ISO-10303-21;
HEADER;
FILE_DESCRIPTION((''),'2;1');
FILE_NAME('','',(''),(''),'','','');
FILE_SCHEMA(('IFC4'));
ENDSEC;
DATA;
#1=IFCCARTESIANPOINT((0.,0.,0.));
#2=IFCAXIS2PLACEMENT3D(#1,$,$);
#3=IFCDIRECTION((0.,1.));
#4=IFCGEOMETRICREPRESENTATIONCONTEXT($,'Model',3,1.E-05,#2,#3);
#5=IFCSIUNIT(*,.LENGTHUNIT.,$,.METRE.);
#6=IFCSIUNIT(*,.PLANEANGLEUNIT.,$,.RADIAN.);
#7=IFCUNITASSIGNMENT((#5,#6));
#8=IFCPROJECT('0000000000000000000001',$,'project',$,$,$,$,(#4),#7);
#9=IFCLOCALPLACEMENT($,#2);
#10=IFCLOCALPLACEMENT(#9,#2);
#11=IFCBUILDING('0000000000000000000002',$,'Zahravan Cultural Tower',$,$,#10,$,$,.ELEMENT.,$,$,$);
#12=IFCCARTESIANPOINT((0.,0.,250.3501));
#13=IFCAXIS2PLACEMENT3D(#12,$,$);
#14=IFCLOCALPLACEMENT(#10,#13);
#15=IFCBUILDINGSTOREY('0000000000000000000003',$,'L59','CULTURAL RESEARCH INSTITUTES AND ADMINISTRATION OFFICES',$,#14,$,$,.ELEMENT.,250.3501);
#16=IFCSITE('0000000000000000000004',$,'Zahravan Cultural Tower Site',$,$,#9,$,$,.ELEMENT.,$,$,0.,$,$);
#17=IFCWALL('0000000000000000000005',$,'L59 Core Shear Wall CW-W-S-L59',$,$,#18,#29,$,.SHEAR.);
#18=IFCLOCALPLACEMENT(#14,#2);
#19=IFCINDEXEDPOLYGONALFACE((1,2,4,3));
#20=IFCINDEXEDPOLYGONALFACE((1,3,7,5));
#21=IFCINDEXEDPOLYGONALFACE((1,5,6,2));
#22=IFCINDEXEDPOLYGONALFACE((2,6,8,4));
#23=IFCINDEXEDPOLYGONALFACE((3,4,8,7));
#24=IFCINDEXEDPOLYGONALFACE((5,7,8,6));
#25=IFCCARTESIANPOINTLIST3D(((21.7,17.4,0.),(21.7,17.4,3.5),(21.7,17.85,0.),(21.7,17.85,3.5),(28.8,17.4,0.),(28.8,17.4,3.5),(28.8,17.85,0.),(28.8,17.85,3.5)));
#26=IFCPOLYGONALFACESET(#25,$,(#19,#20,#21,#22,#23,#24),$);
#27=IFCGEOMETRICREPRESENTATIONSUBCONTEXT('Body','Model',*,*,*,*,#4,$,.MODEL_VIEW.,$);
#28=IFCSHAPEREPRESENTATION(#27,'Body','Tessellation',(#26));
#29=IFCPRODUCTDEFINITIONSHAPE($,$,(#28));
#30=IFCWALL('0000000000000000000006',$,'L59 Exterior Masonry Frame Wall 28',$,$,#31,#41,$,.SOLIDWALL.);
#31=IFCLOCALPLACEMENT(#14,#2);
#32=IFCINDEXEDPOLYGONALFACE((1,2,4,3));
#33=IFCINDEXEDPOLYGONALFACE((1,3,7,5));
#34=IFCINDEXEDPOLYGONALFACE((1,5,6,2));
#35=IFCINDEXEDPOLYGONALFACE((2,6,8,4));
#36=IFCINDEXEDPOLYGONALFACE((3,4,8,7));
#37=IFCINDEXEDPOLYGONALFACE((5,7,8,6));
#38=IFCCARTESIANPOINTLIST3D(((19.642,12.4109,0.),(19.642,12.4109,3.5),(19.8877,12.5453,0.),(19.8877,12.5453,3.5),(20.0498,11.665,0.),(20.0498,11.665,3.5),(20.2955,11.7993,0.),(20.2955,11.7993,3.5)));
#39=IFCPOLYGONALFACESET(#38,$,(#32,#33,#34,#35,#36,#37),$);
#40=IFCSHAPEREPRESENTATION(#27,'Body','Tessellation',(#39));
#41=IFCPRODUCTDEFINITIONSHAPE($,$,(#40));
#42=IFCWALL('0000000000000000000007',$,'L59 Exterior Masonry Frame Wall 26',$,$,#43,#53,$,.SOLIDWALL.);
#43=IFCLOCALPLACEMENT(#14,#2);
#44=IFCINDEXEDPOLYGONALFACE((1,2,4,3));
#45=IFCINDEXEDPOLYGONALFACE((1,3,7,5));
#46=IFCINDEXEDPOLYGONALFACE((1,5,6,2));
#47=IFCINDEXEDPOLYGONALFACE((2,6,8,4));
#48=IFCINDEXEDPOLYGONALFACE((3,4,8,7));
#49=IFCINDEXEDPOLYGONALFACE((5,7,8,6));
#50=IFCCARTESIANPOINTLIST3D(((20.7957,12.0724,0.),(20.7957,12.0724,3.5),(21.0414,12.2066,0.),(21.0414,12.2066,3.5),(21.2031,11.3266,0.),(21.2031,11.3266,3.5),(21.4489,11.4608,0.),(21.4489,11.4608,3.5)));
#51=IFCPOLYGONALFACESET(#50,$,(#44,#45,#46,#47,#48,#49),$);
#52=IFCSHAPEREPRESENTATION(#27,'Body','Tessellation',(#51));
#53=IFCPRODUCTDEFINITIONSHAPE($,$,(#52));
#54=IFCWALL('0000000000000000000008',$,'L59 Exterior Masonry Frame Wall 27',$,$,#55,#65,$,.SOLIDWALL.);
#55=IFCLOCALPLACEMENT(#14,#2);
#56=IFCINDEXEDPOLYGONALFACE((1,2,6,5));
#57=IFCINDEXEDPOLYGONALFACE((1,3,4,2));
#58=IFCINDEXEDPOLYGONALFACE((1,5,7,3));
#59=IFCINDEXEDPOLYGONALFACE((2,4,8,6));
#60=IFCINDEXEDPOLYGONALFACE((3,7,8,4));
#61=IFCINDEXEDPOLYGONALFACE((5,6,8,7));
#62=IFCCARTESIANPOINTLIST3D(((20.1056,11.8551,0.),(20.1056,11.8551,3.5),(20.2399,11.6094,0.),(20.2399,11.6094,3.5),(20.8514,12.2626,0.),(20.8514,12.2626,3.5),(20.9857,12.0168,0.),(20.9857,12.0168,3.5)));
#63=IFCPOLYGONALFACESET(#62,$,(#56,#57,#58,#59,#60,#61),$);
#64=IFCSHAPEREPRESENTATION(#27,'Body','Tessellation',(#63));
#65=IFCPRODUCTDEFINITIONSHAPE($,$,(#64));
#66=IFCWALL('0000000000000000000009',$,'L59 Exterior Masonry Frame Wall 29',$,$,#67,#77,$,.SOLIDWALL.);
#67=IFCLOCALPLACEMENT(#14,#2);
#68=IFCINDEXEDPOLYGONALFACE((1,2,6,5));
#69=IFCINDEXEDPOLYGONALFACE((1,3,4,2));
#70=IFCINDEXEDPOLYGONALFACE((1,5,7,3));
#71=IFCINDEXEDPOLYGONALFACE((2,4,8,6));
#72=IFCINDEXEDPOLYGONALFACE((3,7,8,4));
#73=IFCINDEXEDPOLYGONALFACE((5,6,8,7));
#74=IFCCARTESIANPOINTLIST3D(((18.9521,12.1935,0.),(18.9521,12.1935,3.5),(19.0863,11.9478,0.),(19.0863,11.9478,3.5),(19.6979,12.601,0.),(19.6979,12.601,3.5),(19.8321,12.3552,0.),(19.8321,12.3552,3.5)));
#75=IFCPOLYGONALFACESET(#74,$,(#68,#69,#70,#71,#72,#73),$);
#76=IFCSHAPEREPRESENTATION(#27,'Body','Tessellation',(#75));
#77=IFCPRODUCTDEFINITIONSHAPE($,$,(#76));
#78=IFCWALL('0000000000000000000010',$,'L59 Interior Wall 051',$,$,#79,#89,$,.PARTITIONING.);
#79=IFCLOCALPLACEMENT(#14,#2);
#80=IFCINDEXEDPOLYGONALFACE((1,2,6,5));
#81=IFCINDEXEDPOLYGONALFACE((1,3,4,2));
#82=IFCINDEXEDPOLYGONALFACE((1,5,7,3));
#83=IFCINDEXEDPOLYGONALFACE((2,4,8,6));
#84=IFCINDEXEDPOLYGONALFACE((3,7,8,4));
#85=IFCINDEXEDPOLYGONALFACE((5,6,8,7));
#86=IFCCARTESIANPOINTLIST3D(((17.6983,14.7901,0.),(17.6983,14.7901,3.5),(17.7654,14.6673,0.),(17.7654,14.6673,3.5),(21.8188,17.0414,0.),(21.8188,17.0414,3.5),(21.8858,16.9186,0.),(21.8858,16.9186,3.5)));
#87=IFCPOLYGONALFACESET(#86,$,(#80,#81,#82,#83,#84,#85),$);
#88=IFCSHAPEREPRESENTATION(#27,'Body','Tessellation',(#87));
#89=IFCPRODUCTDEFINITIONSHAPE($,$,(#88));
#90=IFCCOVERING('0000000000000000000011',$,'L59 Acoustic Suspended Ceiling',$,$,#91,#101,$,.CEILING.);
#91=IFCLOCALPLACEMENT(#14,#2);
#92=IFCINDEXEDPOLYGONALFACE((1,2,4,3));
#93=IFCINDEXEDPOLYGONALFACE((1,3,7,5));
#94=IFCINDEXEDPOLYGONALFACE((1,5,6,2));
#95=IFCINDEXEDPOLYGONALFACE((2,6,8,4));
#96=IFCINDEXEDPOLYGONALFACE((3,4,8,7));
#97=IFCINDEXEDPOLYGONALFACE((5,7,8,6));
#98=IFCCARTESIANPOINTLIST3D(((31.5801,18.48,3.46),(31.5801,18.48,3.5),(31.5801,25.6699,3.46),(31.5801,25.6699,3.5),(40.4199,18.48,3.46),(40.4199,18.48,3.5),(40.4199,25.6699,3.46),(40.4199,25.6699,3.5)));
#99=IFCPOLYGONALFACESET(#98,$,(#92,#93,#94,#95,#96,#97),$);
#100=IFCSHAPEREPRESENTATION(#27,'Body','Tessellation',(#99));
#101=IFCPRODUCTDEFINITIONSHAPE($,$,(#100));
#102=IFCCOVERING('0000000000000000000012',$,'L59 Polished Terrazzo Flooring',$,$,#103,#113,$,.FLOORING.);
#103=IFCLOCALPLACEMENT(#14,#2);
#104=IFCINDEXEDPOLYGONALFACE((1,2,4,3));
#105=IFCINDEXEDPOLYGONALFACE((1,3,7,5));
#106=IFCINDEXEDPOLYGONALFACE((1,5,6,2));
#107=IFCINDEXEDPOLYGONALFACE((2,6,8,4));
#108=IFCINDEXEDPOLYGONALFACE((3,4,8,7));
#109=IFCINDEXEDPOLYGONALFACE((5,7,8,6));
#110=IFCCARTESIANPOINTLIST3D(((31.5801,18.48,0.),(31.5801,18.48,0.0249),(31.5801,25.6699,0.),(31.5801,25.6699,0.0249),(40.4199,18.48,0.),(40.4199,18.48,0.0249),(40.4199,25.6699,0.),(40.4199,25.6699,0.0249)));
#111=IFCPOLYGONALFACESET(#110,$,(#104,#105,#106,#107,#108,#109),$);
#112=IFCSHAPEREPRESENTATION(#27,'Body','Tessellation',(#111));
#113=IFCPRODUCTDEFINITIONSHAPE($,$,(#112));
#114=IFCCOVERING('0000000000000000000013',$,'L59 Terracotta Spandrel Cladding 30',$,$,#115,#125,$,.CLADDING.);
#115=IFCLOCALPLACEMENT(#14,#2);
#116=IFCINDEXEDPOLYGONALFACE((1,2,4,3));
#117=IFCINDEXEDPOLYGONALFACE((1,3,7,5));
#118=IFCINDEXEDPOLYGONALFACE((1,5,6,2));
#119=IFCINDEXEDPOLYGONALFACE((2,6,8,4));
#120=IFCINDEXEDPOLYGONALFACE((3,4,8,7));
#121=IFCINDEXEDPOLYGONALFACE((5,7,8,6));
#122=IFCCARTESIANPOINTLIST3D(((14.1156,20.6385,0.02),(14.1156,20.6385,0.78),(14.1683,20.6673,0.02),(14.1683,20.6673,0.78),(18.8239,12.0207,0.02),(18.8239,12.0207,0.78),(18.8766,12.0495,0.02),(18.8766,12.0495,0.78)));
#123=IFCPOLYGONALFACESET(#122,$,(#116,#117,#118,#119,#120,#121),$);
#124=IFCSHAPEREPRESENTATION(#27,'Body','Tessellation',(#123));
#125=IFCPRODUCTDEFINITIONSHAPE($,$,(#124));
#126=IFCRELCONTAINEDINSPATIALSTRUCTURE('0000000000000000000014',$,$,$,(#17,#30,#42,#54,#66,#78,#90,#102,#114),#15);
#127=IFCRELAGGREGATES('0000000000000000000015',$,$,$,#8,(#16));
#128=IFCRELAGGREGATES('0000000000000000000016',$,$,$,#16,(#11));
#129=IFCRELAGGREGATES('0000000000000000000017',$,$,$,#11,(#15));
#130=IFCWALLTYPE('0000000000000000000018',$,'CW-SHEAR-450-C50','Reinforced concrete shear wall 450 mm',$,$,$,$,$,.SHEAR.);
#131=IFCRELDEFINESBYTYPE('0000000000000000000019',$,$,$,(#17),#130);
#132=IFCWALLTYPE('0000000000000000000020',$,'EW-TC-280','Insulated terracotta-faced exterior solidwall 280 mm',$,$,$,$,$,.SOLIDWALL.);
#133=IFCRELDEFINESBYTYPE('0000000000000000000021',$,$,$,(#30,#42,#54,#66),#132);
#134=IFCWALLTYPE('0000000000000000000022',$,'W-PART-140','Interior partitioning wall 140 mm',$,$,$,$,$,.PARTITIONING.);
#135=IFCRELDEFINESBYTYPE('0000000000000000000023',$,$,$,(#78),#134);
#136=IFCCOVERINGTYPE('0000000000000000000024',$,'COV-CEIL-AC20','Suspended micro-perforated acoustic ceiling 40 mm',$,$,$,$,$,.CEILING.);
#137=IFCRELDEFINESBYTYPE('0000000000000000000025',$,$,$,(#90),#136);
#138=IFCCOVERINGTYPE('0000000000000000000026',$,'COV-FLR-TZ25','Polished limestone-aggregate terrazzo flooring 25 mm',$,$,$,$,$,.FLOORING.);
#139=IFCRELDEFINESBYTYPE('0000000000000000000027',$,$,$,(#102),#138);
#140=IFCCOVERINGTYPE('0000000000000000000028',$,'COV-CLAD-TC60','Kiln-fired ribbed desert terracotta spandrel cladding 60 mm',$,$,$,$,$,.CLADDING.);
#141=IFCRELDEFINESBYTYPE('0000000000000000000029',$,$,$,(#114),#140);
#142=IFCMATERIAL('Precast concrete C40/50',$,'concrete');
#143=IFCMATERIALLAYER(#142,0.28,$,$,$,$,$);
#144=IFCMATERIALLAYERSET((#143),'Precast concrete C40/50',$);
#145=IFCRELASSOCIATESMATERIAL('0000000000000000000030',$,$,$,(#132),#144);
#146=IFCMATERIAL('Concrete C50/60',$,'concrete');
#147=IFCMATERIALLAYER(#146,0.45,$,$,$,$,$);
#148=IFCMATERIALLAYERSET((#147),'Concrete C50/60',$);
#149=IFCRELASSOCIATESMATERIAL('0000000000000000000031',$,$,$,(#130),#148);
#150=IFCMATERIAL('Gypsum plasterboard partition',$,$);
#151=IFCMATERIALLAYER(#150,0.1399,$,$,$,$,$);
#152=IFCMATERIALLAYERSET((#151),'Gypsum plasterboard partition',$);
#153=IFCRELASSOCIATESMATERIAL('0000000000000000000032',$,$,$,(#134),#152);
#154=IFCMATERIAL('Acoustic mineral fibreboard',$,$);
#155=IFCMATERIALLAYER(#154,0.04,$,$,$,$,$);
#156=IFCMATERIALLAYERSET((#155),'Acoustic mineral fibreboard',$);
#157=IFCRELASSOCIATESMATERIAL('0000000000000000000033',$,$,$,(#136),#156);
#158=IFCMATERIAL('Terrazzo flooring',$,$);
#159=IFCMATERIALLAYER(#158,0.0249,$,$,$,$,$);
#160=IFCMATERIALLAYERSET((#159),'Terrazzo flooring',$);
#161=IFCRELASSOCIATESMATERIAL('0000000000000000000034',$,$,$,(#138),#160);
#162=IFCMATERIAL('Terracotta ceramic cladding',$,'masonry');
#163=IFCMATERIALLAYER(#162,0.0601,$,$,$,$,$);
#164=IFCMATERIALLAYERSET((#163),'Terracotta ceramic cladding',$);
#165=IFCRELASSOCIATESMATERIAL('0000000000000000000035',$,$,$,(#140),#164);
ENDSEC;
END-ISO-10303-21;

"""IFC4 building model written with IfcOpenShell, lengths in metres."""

from ifc_helpers import new_model, si_unit, direction, frame, frame_2d, origin, origin_2d, place, context, subcontext, project, spatial, polyline, rectangle, outline, extrude, source, transform, mapped, material, layer, layer_set, type_object, element, save


model = new_model("IFC4")

# Units and contexts
model_context = context("Model", 3, precision=1e-05, world=origin(), true_north=direction((0.0, 1.0)))
body_context = subcontext(model_context, "Body", "Model", "MODEL_VIEW")
ifc_project = project(units=[si_unit("LENGTHUNIT", "METRE"), si_unit("PLANEANGLEUNIT", "RADIAN")], contexts=[model_context])

# Site, building, storey
site_placement = place(None, origin())
site = spatial("IfcSite", under=ifc_project, at=site_placement, Name="Zahravan Cultural Tower Site", CompositionType="ELEMENT", RefElevation=0.0)
building_placement = place(site_placement, origin())
building = spatial("IfcBuilding", under=site, at=building_placement, Name="Zahravan Cultural Tower", CompositionType="ELEMENT")
storey_placement = place(building_placement, frame((0.0, 0.0, 250.3501)))
storey = spatial("IfcBuildingStorey", under=building, at=storey_placement, Name="L59", Description="CULTURAL RESEARCH INSTITUTES AND ADMINISTRATION OFFICES", CompositionType="ELEMENT", Elevation=250.3501)

# Shared definitions
ifc_material_1 = material(Name="Concrete C50/60", Category="concrete")

# Shared definitions
ifc_material_2 = material(Name="Precast concrete C40/50", Category="concrete")
ifc_layer_1 = layer(ifc_material_2, 0.28)
ifc_layer_set_1 = layer_set([ifc_layer_1], Name="Precast concrete C40/50")
wall_type_1 = type_object("IfcWallType", Name="EW-TC-280", Description="Insulated terracotta-faced exterior solidwall 280 mm", PredefinedType="SOLIDWALL", material=ifc_layer_set_1)

# Walls
ifc_layer_2 = layer(ifc_material_1, 0.45)
ifc_layer_set_2 = layer_set([ifc_layer_2], Name="Concrete C50/60")
wall_type_2 = type_object("IfcWallType", Name="CW-SHEAR-450-C50", Description="Reinforced concrete shear wall 450 mm", PredefinedType="SHEAR", material=ifc_layer_set_2)
shared_shape_1 = source(origin(), body_context, "Body", "SweptSolid", [
    extrude(rectangle(XDim=7.1001, YDim=0.45, at=frame_2d((3.55, 0.0))), origin(), (0.0, 0.0, 1.0), 3.5),
])
wall_1_placement = place(storey_placement, frame((21.7, 17.625, 0.0), z_axis=(0.0, 0.0, 1.0), x_axis=(1.0, 0.0, 0.0)))
element("IfcWall", 1, at=wall_1_placement, inside=storey, type_object=wall_type_2, Name="L59 Core Shear Wall CW-W-S-L59", PredefinedType="SHEAR", context=body_context, shape_type="MappedRepresentation", body=[
    mapped(shared_shape_1, transform((0.0, 0.0, 0.0), x_axis=(1.0, 0.0, 0.0), y_axis=(0.0, 1.0, 0.0), z_axis=(0.0, 0.0, 1.0), scale=1.0)),
])
shared_shape_2 = source(origin(), body_context, "Body", "SweptSolid", [
    extrude(rectangle(XDim=0.8501, YDim=0.28, at=frame_2d((0.425, 0.0))), origin(), (0.0, 0.0, 1.0), 3.5),
])
wall_2_placement = place(storey_placement, frame((20.1726, 11.7322, 0.0), z_axis=(0.0, 0.0, 1.0), x_axis=(-0.479657, 0.877456, 0.0)))
element("IfcWall", 2, at=wall_2_placement, inside=storey, type_object=wall_type_1, Name="L59 Exterior Masonry Frame Wall 28", PredefinedType="SOLIDWALL", context=body_context, shape_type="MappedRepresentation", body=[
    mapped(shared_shape_2, transform((0.0, 0.0, 0.0), x_axis=(1.0, 0.0, 0.0), y_axis=(0.0, 1.0, 0.0), z_axis=(0.0, 0.0, 1.0), scale=1.0)),
])
shared_shape_3 = source(origin(), body_context, "Body", "SweptSolid", [
    extrude(rectangle(XDim=0.8499, YDim=0.28, at=frame_2d((0.4248, 0.0))), origin(), (0.0, 0.0, 1.0), 3.5),
])
for number, where, z_axis, x_axis, name in (
    (3, (21.3259, 11.3938, 0.0), (0.0, 0.0, 1.0), (-0.479436, 0.877577, 0.0), "L59 Exterior Masonry Frame Wall 26"),
    (4, (20.9185, 12.1396, 0.0), (0.0, 0.0, 1.0), (-0.877577, -0.479436, 0.0), "L59 Exterior Masonry Frame Wall 27"),
    (5, (19.7649, 12.478, 0.0), (0.0, 0.0, 1.0), (-0.877577, -0.479436, 0.0), "L59 Exterior Masonry Frame Wall 29"),
):
    element("IfcWall", number, at=place(storey_placement, frame(where, z_axis=z_axis, x_axis=x_axis)), inside=storey, type_object=wall_type_1, Name=name, PredefinedType="SOLIDWALL", context=body_context, shape_type="MappedRepresentation", body=[
        mapped(shared_shape_3, transform((0.0, 0.0, 0.0), x_axis=(1.0, 0.0, 0.0), y_axis=(0.0, 1.0, 0.0), z_axis=(0.0, 0.0, 1.0), scale=1.0)),
    ])
ifc_material_3 = material(Name="Gypsum plasterboard partition")
ifc_layer_3 = layer(ifc_material_3, 0.1399)
ifc_layer_set_3 = layer_set([ifc_layer_3], Name="Gypsum plasterboard partition")
wall_type_3 = type_object("IfcWallType", Name="W-PART-140", Description="Interior partitioning wall 140 mm", PredefinedType="PARTITIONING", material=ifc_layer_set_3)
shared_shape_4 = source(origin(), body_context, "Body", "SweptSolid", [
    extrude(rectangle(XDim=4.6953, YDim=0.1399, at=frame_2d((2.3477, 0.0))), origin(), (0.0, 0.0, 1.0), 3.5),
])
wall_3_placement = place(storey_placement, frame((21.8523, 16.98, 0.0), z_axis=(0.0, 0.0, 1.0), x_axis=(-0.87756, -0.479468, 0.0)))
element("IfcWall", 6, at=wall_3_placement, inside=storey, type_object=wall_type_3, Name="L59 Interior Wall 051", PredefinedType="PARTITIONING", context=body_context, shape_type="MappedRepresentation", body=[
    mapped(shared_shape_4, transform((0.0, 0.0, 0.0), x_axis=(1.0, 0.0, 0.0), y_axis=(0.0, 1.0, 0.0), z_axis=(0.0, 0.0, 1.0), scale=1.0)),
])

# Coverings
ifc_material_4 = material(Name="Acoustic mineral fibreboard")
ifc_layer_4 = layer(ifc_material_4, 0.04)
ifc_layer_set_4 = layer_set([ifc_layer_4], Name="Acoustic mineral fibreboard")
covering_type_1 = type_object("IfcCoveringType", Name="COV-CEIL-AC20", Description="Suspended micro-perforated acoustic ceiling 40 mm", PredefinedType="CEILING", material=ifc_layer_set_4)
covering_1_placement = place(storey_placement, frame((0.0, 0.0, 3.46)))
element("IfcCovering", 7, at=covering_1_placement, inside=storey, type_object=covering_type_1, Name="L59 Acoustic Suspended Ceiling", PredefinedType="CEILING", context=body_context, shape_type="SweptSolid", body=[
    extrude(outline(polyline([(40.4199, 25.6699), (31.5801, 25.6699), (31.5801, 18.48), (40.4199, 18.48), (40.4199, 25.6699)])), origin(), (0.0, 0.0, 1.0), 0.04),
])
ifc_material_5 = material(Name="Terrazzo flooring")
ifc_layer_5 = layer(ifc_material_5, 0.0249)
ifc_layer_set_5 = layer_set([ifc_layer_5], Name="Terrazzo flooring")
covering_type_2 = type_object("IfcCoveringType", Name="COV-FLR-TZ25", Description="Polished limestone-aggregate terrazzo flooring 25 mm", PredefinedType="FLOORING", material=ifc_layer_set_5)
covering_2_placement = place(storey_placement, origin())
element("IfcCovering", 8, at=covering_2_placement, inside=storey, type_object=covering_type_2, Name="L59 Polished Terrazzo Flooring", PredefinedType="FLOORING", context=body_context, shape_type="SweptSolid", body=[
    extrude(outline(polyline([(40.4199, 25.6699), (31.5801, 25.6699), (31.5801, 18.48), (40.4199, 18.48), (40.4199, 25.6699)])), origin(), (0.0, 0.0, 1.0), 0.0249),
])
ifc_material_6 = material(Name="Terracotta ceramic cladding", Category="masonry")
ifc_layer_6 = layer(ifc_material_6, 0.0601)
ifc_layer_set_6 = layer_set([ifc_layer_6], Name="Terracotta ceramic cladding")
covering_type_3 = type_object("IfcCoveringType", Name="COV-CLAD-TC60", Description="Kiln-fired ribbed desert terracotta spandrel cladding 60 mm", PredefinedType="CLADDING", material=ifc_layer_set_6)
shared_shape_5 = source(origin(), body_context, "Body", "SweptSolid", [
    extrude(rectangle(XDim=9.8201, YDim=0.0601, at=origin_2d()), origin(), (0.0, 0.0, 1.0), 0.76),
])
covering_3_placement = place(storey_placement, frame((16.4961, 16.344, 0.02), z_axis=(0.0, 0.0, 1.0), x_axis=(-0.479458, 0.877565, 0.0)))
element("IfcCovering", 9, at=covering_3_placement, inside=storey, type_object=covering_type_3, Name="L59 Terracotta Spandrel Cladding 30", PredefinedType="CLADDING", context=body_context, shape_type="MappedRepresentation", body=[
    mapped(shared_shape_5, transform((0.0, 0.0, 0.0), x_axis=(1.0, 0.0, 0.0), y_axis=(0.0, 1.0, 0.0), z_axis=(0.0, 0.0, 1.0), scale=1.0)),
])

save(model, "model.ifc")
